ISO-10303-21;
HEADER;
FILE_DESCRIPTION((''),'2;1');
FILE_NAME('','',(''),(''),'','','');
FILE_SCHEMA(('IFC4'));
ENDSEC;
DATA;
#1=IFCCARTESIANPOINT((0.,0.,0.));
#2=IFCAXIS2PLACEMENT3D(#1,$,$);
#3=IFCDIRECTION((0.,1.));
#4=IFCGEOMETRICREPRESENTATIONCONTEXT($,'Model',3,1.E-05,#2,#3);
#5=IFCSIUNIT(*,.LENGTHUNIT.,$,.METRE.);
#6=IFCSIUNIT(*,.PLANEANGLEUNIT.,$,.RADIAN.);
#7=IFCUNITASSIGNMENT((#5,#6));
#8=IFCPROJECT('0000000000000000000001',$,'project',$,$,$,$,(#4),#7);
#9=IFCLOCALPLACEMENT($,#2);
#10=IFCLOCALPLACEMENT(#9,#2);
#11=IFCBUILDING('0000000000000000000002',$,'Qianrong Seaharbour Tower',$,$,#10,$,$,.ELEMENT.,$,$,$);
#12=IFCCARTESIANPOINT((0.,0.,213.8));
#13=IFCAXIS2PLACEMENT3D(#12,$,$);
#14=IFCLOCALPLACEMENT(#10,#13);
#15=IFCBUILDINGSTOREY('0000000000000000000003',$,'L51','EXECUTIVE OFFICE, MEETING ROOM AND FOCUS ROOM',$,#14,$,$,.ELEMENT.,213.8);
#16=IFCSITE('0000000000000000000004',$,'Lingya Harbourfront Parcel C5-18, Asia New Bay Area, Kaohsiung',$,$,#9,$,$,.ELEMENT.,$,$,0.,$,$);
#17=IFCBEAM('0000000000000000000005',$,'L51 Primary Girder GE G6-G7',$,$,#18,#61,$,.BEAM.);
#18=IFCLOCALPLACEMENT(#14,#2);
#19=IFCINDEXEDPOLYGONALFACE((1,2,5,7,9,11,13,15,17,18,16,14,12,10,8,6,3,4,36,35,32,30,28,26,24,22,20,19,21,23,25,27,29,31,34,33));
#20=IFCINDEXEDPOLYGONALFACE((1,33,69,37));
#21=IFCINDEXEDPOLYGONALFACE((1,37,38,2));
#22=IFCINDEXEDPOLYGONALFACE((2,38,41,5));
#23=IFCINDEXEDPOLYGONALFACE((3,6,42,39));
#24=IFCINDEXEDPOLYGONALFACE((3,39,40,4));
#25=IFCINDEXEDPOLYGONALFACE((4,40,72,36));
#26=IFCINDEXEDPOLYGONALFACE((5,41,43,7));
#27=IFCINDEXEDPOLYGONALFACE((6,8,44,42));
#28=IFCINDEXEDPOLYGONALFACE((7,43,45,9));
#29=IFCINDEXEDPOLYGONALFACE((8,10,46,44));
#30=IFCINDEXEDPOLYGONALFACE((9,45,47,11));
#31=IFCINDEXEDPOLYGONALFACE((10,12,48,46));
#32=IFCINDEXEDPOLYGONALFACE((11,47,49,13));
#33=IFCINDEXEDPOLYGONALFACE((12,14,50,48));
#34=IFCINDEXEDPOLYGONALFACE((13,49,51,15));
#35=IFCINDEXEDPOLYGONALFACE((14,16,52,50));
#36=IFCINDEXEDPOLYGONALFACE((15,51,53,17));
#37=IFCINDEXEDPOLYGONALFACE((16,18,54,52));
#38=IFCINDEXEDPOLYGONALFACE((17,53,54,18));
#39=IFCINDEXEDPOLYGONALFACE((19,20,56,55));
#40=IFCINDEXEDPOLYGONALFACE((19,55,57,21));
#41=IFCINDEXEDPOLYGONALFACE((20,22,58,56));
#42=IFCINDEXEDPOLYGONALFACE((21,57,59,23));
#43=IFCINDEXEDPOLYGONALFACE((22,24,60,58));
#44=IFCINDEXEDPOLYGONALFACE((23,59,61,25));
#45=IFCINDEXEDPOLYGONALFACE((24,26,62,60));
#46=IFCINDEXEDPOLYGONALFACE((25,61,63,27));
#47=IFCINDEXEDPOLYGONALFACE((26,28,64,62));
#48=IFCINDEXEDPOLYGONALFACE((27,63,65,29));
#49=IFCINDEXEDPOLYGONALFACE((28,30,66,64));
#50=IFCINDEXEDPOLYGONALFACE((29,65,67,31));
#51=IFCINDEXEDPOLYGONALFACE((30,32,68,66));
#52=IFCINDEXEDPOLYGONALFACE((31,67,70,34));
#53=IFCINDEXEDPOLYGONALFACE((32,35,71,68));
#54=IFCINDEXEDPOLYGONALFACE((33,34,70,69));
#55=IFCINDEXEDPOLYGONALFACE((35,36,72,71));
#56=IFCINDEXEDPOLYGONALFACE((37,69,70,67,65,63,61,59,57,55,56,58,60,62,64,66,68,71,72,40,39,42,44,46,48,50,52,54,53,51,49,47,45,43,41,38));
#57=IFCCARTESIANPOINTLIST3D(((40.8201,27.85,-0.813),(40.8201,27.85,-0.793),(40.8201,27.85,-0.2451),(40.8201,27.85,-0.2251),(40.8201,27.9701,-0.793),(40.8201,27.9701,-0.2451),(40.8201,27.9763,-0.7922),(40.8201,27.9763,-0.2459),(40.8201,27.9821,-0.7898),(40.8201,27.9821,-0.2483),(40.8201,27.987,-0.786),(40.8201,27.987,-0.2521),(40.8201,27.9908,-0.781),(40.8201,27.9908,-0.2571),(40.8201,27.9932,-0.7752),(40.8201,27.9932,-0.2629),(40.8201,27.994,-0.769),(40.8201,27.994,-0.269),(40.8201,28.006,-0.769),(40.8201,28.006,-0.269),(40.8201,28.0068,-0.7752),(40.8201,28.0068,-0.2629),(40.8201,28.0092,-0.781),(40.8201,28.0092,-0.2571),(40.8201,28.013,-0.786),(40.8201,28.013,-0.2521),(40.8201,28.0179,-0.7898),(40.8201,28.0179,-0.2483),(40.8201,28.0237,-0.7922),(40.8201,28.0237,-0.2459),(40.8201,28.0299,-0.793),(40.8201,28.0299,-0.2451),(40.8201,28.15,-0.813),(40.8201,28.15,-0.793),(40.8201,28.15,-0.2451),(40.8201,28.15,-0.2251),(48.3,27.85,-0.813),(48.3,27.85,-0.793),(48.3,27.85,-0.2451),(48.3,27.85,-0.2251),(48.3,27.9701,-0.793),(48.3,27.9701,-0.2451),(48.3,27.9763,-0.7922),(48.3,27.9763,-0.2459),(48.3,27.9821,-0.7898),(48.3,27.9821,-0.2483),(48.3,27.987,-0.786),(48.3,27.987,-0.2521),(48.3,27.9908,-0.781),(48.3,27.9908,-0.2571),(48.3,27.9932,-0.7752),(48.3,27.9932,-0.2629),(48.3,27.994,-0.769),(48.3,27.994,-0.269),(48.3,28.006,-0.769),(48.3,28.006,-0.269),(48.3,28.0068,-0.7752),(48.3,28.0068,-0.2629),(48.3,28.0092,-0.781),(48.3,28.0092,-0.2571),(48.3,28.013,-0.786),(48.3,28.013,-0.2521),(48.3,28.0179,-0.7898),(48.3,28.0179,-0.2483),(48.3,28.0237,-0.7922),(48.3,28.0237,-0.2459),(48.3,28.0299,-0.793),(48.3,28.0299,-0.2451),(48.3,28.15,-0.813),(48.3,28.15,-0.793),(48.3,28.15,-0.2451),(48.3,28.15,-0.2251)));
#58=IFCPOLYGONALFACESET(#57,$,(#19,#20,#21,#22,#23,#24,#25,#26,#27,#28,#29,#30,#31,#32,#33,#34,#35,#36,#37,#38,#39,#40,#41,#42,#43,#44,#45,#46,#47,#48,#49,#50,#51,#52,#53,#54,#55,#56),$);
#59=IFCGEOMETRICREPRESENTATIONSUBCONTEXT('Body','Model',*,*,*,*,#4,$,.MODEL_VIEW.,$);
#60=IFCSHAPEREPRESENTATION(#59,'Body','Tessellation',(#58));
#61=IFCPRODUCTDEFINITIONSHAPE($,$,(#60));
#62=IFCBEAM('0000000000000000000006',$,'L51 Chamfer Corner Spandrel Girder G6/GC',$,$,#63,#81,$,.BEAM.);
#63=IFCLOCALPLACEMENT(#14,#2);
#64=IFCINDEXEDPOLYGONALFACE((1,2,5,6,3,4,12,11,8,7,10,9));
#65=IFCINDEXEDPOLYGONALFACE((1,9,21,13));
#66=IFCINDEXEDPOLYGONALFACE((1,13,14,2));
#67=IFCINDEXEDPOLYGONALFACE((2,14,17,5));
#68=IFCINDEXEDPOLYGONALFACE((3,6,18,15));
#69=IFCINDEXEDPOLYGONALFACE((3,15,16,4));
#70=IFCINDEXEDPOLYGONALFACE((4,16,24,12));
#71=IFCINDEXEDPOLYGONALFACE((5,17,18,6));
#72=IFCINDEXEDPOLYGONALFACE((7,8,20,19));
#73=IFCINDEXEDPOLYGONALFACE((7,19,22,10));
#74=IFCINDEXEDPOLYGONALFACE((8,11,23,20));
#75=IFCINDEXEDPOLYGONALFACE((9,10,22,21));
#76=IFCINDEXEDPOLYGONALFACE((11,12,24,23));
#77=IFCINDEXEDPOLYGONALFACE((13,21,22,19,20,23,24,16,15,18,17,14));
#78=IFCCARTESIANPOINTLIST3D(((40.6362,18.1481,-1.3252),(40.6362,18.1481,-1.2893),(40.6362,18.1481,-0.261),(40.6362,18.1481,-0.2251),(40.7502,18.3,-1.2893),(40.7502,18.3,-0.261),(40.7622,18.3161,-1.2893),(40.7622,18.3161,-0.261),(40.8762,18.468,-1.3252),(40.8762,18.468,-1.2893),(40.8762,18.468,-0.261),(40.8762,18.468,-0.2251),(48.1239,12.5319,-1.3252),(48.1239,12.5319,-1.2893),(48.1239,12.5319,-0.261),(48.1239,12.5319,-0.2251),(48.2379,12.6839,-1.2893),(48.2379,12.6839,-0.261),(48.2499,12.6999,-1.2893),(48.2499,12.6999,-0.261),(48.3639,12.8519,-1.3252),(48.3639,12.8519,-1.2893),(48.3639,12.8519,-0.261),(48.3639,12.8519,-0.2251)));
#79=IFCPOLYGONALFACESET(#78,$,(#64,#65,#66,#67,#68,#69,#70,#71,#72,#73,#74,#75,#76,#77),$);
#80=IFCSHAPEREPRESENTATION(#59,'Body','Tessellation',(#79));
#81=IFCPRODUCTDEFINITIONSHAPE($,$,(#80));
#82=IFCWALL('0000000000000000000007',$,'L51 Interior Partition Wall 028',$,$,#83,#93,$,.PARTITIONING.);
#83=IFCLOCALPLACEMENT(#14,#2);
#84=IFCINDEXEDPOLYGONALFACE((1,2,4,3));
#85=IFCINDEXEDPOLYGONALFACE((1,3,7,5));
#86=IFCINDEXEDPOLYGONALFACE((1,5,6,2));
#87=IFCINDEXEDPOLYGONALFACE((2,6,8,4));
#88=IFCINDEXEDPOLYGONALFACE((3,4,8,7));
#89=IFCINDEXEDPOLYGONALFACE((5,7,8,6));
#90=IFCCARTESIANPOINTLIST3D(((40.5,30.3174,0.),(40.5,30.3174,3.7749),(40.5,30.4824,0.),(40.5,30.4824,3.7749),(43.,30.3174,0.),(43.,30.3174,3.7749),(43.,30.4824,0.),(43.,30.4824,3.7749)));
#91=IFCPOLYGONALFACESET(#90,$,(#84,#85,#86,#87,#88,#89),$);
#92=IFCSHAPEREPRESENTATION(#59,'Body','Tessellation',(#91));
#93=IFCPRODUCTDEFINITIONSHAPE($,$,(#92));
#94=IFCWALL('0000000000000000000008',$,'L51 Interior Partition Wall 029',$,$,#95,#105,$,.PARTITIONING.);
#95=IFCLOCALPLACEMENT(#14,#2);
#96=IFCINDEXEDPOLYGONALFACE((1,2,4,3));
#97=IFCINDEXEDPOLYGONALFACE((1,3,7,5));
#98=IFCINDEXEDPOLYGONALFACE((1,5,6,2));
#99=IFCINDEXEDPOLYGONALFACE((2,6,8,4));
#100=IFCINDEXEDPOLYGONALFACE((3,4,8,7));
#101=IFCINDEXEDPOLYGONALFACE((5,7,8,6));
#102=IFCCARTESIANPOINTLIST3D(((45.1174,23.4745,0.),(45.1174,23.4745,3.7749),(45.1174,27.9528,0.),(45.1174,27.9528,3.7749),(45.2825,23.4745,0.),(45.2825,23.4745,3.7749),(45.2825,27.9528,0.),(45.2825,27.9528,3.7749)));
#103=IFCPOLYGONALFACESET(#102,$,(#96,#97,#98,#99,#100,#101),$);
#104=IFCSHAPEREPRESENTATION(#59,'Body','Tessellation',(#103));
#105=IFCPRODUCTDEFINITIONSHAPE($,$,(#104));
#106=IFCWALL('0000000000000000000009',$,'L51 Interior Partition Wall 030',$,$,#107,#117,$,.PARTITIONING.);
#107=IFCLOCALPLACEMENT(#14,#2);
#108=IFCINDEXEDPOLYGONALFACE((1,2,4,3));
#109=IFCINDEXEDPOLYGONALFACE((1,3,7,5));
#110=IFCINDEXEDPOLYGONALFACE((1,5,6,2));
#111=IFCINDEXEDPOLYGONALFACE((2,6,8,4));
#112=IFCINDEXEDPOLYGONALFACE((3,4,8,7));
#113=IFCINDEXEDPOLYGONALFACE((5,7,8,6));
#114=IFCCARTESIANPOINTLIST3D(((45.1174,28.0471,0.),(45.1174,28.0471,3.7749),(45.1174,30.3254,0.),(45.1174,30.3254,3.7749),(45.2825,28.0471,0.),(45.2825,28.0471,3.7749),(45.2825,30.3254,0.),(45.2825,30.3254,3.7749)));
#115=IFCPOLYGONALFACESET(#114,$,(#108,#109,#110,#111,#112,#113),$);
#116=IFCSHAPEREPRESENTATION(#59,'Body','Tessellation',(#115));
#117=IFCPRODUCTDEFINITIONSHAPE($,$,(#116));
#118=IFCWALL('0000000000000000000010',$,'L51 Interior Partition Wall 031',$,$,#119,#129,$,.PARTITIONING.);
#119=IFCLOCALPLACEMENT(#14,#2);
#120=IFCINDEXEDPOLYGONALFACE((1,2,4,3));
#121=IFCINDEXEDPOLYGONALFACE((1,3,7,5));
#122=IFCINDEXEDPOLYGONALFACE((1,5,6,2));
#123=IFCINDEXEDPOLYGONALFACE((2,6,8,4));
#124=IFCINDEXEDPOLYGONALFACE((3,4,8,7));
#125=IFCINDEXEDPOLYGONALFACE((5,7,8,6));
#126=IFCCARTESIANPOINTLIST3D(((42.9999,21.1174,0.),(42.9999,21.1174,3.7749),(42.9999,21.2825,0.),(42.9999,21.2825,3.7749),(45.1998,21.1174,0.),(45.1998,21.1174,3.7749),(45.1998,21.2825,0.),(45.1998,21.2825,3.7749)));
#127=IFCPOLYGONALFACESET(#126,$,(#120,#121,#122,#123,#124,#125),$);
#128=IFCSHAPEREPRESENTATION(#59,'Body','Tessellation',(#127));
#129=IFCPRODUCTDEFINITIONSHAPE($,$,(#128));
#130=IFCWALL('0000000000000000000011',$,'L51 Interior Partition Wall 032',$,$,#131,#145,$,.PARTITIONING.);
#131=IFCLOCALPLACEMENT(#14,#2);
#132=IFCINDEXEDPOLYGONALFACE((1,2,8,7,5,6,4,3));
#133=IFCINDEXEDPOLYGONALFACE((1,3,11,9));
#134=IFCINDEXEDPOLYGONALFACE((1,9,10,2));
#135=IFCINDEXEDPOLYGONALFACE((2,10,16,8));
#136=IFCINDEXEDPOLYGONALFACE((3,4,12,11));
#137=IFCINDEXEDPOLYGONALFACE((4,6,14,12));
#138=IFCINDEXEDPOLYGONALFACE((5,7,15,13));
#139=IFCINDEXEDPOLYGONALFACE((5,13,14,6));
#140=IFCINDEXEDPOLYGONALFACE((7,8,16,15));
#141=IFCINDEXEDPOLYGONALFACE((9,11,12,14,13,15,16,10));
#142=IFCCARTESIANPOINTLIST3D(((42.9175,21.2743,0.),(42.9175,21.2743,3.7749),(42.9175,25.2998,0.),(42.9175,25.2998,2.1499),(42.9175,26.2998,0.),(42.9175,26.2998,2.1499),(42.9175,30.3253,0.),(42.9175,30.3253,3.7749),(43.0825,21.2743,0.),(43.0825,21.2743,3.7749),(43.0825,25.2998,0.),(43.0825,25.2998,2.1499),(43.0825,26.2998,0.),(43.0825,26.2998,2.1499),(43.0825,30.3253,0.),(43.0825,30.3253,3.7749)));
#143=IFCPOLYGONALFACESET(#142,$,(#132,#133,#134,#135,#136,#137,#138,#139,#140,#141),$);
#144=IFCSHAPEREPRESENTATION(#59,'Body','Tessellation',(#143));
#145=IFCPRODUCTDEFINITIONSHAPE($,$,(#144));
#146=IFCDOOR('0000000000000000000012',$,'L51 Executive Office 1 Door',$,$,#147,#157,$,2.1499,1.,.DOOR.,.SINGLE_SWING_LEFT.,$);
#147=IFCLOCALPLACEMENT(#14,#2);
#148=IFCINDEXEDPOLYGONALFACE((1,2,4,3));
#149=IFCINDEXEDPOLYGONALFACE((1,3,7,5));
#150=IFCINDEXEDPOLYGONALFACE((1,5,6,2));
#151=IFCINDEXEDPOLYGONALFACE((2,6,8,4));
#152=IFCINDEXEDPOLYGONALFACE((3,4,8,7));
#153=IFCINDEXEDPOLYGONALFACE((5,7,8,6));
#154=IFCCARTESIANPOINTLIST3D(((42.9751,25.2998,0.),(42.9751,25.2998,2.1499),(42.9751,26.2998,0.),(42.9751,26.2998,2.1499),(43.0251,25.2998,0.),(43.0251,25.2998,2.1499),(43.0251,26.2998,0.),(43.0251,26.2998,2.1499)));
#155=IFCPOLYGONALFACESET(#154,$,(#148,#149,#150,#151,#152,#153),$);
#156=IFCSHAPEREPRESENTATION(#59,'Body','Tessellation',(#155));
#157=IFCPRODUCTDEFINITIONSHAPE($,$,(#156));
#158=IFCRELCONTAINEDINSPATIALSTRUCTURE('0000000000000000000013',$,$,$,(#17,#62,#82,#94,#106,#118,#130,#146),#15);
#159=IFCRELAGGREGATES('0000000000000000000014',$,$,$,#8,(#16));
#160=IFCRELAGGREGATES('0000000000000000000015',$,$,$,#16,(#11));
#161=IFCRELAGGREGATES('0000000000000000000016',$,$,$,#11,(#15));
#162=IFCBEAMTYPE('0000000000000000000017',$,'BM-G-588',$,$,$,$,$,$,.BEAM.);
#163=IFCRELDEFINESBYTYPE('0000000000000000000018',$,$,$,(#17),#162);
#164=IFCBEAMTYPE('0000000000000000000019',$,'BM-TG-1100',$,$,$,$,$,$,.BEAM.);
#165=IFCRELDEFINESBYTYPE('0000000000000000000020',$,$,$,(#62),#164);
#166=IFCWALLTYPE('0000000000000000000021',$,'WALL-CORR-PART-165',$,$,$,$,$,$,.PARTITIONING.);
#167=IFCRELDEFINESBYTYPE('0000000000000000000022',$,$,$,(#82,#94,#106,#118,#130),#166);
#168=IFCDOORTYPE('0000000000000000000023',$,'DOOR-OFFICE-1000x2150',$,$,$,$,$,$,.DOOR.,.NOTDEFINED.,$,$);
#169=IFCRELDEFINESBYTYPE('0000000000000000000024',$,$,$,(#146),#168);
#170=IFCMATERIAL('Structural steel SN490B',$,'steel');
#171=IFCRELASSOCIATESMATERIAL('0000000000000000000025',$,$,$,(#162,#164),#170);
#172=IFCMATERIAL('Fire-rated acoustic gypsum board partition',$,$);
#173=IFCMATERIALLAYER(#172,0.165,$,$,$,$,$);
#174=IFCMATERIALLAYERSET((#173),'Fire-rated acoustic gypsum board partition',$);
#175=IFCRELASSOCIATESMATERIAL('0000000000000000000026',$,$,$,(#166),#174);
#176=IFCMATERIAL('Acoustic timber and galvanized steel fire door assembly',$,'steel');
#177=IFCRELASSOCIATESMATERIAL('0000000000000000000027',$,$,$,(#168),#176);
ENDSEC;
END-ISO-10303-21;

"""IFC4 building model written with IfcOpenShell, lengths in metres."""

from ifc_helpers import new_model, si_unit, direction, frame, frame_2d, origin, origin_2d, place, context, subcontext, project, spatial, rectangle, i_section, extrude, material, layer, layer_set, material_profile, profile_set, type_object, element, fill, save


model = new_model("IFC4")

# Units and contexts
model_context = context("Model", 3, precision=1e-05, world=origin(), true_north=direction((0.0, 1.0)))
body_context = subcontext(model_context, "Body", "Model", "MODEL_VIEW")
ifc_project = project(units=[si_unit("LENGTHUNIT", "METRE"), si_unit("PLANEANGLEUNIT", "RADIAN")], contexts=[model_context])

# Site, building, storey
site_placement = place(None, origin())
site = spatial("IfcSite", under=ifc_project, at=site_placement, Name="Lingya Harbourfront Parcel C5-18, Asia New Bay Area, Kaohsiung", CompositionType="ELEMENT", RefElevation=0.0)
building_placement = place(site_placement, origin())
building = spatial("IfcBuilding", under=site, at=building_placement, Name="Qianrong Seaharbour Tower", CompositionType="ELEMENT")
storey_placement = place(building_placement, frame((0.0, 0.0, 213.8)))
storey = spatial("IfcBuildingStorey", under=building, at=storey_placement, Name="L51", Description="EXECUTIVE OFFICE, MEETING ROOM AND FOCUS ROOM", CompositionType="ELEMENT", Elevation=213.8)

# Shared definitions
ifc_material_1 = material(Name="Structural steel SN490B", Category="steel")

# Beams
ifc_material_profile_1 = material_profile(ifc_material_1, i_section(OverallWidth=0.3, OverallDepth=0.5879, WebThickness=0.012, FlangeThickness=0.02, FilletRadius=0.0239, at=origin_2d()), Name="H588x300x12x20")
ifc_profile_set_1 = profile_set([ifc_material_profile_1], Name="Structural steel SN490B")
beam_type_1 = type_object("IfcBeamType", Name="BM-G-588", PredefinedType="BEAM", material=ifc_profile_set_1)
for number, where, z_axis, x_axis, name in (
    (1, (40.8201, 28.0, -0.519), (1.0, 0.0, 0.0), (0.0, 1.0, 0.0), "L51 Primary Girder GE G6-G7"),
):
    element("IfcBeam", number, at=place(storey_placement, frame(where, z_axis=z_axis, x_axis=x_axis)), inside=storey, type_object=beam_type_1, Name=name, PredefinedType="BEAM", context=body_context, shape_type="SweptSolid", body=[
        extrude(i_section(OverallWidth=0.3, OverallDepth=0.5879, WebThickness=0.012, FlangeThickness=0.02, FilletRadius=0.0239, at=origin_2d()), origin(), (0.0, 0.0, 1.0), 7.48),
    ])
ifc_material_profile_2 = material_profile(ifc_material_1, i_section(OverallWidth=0.3999, OverallDepth=1.1001, WebThickness=0.02, FlangeThickness=0.0359, at=origin_2d()), Name="BH1100x400x20x36")
ifc_profile_set_2 = profile_set([ifc_material_profile_2], Name="Structural steel SN490B")
beam_type_2 = type_object("IfcBeamType", Name="BM-TG-1100", PredefinedType="BEAM", material=ifc_profile_set_2)
beam_placement = place(storey_placement, frame((48.2439, 12.6919, -0.7751), z_axis=(-0.799981, 0.600025, 0.0), x_axis=(-0.600025, -0.799981, 0.0)))
element("IfcBeam", 2, at=beam_placement, inside=storey, type_object=beam_type_2, Name="L51 Chamfer Corner Spandrel Girder G6/GC", PredefinedType="BEAM", context=body_context, shape_type="SweptSolid", body=[
    extrude(i_section(OverallWidth=0.3999, OverallDepth=1.1001, WebThickness=0.02, FlangeThickness=0.0359, at=origin_2d()), origin(), (0.0, 0.0, 1.0), 9.3599),
])

# Walls
ifc_material_2 = material(Name="Fire-rated acoustic gypsum board partition")
ifc_layer_1 = layer(ifc_material_2, 0.165)
ifc_layer_set_1 = layer_set([ifc_layer_1], Name="Fire-rated acoustic gypsum board partition")
wall_type_1 = type_object("IfcWallType", Name="WALL-CORR-PART-165", PredefinedType="PARTITIONING", material=ifc_layer_set_1)
wall_1_placement = place(storey_placement, frame((43.0, 30.3999, 0.0), z_axis=(0.0, 0.0, 1.0), x_axis=(-1.0, 0.0, 0.0)))
element("IfcWall", 3, at=wall_1_placement, inside=storey, type_object=wall_type_1, Name="L51 Interior Partition Wall 028", PredefinedType="PARTITIONING", context=body_context, shape_type="SweptSolid", body=[
    extrude(rectangle(XDim=2.5, YDim=0.165, at=frame_2d((1.25, 0.0))), origin(), (0.0, 0.0, 1.0), 3.7749),
])
wall_2_placement = place(storey_placement, frame((45.2, 27.9529, 0.0), z_axis=(0.0, 0.0, 1.0), x_axis=(0.0, -1.0, 0.0)))
element("IfcWall", 4, at=wall_2_placement, inside=storey, type_object=wall_type_1, Name="L51 Interior Partition Wall 029", PredefinedType="PARTITIONING", context=body_context, shape_type="SweptSolid", body=[
    extrude(rectangle(XDim=4.4783, YDim=0.165, at=frame_2d((2.2393, 0.0))), origin(), (0.0, 0.0, 1.0), 3.7749),
])
wall_3_placement = place(storey_placement, frame((45.2, 30.3254, 0.0), z_axis=(0.0, 0.0, 1.0), x_axis=(0.0, -1.0, 0.0)))
element("IfcWall", 5, at=wall_3_placement, inside=storey, type_object=wall_type_1, Name="L51 Interior Partition Wall 030", PredefinedType="PARTITIONING", context=body_context, shape_type="SweptSolid", body=[
    extrude(rectangle(XDim=2.2783, YDim=0.165, at=frame_2d((1.1392, 0.0))), origin(), (0.0, 0.0, 1.0), 3.7749),
])
wall_4_placement = place(storey_placement, frame((45.2, 21.2, 0.0), z_axis=(0.0, 0.0, 1.0), x_axis=(-1.0, 0.0, 0.0)))
element("IfcWall", 6, at=wall_4_placement, inside=storey, type_object=wall_type_1, Name="L51 Interior Partition Wall 031", PredefinedType="PARTITIONING", context=body_context, shape_type="SweptSolid", body=[
    extrude(rectangle(XDim=2.2, YDim=0.165, at=frame_2d((1.1001, 0.0))), origin(), (0.0, 0.0, 1.0), 3.7749),
])

# Wall, opening, door
wall_5_placement = place(storey_placement, frame((43.0, 21.2744, 0.0), z_axis=(0.0, 0.0, 1.0), x_axis=(0.0, 1.0, 0.0)))
wall_5 = element("IfcWall", 7, at=wall_5_placement, inside=storey, type_object=wall_type_1, Name="L51 Interior Partition Wall 032", PredefinedType="PARTITIONING", context=body_context, shape_type="SweptSolid", body=[
    extrude(rectangle(XDim=9.051, YDim=0.165, at=frame_2d((4.5254, 0.0))), origin(), (0.0, 0.0, 1.0), 3.7749),
])
opening_1_placement = place(wall_5_placement, frame((4.0254, 0.0, 0.0)))
opening_1 = element("IfcOpeningElement", 8, at=opening_1_placement, cuts=wall_5, PredefinedType="OPENING", context=body_context, shape_type="SweptSolid", body=[
    extrude(rectangle(XDim=1.0, YDim=2.1499, at=frame_2d((0.5, 1.075))), frame((0.0, 0.0925, 0.0), z_axis=(0.0, -1.0, 0.0), x_axis=(1.0, 0.0, 0.0)), (0.0, 0.0, 1.0), 0.1851),
])
ifc_material_3 = material(Name="Acoustic timber and galvanized steel fire door assembly", Category="steel")
door_type = type_object("IfcDoorType", Name="DOOR-OFFICE-1000x2150", OperationType="NOTDEFINED", PredefinedType="DOOR", material=ifc_material_3)
door_1_placement = place(opening_1_placement, origin())
door_1 = element("IfcDoor", 9, at=door_1_placement, inside=storey, type_object=door_type, Name="L51 Executive Office 1 Door", OperationType="SINGLE_SWING_LEFT", OverallHeight=2.1499, OverallWidth=1.0, PredefinedType="DOOR", context=body_context, shape_type="SweptSolid", body=[
    extrude(rectangle(XDim=1.0, YDim=2.1499, at=frame_2d((0.5, 1.075))), frame((0.0, 0.0249, 0.0), z_axis=(0.0, -1.0, 0.0), x_axis=(1.0, 0.0, 0.0)), (0.0, 0.0, 1.0), 0.05),
])
fill(opening_1, door_1)

save(model, "model.ifc")
